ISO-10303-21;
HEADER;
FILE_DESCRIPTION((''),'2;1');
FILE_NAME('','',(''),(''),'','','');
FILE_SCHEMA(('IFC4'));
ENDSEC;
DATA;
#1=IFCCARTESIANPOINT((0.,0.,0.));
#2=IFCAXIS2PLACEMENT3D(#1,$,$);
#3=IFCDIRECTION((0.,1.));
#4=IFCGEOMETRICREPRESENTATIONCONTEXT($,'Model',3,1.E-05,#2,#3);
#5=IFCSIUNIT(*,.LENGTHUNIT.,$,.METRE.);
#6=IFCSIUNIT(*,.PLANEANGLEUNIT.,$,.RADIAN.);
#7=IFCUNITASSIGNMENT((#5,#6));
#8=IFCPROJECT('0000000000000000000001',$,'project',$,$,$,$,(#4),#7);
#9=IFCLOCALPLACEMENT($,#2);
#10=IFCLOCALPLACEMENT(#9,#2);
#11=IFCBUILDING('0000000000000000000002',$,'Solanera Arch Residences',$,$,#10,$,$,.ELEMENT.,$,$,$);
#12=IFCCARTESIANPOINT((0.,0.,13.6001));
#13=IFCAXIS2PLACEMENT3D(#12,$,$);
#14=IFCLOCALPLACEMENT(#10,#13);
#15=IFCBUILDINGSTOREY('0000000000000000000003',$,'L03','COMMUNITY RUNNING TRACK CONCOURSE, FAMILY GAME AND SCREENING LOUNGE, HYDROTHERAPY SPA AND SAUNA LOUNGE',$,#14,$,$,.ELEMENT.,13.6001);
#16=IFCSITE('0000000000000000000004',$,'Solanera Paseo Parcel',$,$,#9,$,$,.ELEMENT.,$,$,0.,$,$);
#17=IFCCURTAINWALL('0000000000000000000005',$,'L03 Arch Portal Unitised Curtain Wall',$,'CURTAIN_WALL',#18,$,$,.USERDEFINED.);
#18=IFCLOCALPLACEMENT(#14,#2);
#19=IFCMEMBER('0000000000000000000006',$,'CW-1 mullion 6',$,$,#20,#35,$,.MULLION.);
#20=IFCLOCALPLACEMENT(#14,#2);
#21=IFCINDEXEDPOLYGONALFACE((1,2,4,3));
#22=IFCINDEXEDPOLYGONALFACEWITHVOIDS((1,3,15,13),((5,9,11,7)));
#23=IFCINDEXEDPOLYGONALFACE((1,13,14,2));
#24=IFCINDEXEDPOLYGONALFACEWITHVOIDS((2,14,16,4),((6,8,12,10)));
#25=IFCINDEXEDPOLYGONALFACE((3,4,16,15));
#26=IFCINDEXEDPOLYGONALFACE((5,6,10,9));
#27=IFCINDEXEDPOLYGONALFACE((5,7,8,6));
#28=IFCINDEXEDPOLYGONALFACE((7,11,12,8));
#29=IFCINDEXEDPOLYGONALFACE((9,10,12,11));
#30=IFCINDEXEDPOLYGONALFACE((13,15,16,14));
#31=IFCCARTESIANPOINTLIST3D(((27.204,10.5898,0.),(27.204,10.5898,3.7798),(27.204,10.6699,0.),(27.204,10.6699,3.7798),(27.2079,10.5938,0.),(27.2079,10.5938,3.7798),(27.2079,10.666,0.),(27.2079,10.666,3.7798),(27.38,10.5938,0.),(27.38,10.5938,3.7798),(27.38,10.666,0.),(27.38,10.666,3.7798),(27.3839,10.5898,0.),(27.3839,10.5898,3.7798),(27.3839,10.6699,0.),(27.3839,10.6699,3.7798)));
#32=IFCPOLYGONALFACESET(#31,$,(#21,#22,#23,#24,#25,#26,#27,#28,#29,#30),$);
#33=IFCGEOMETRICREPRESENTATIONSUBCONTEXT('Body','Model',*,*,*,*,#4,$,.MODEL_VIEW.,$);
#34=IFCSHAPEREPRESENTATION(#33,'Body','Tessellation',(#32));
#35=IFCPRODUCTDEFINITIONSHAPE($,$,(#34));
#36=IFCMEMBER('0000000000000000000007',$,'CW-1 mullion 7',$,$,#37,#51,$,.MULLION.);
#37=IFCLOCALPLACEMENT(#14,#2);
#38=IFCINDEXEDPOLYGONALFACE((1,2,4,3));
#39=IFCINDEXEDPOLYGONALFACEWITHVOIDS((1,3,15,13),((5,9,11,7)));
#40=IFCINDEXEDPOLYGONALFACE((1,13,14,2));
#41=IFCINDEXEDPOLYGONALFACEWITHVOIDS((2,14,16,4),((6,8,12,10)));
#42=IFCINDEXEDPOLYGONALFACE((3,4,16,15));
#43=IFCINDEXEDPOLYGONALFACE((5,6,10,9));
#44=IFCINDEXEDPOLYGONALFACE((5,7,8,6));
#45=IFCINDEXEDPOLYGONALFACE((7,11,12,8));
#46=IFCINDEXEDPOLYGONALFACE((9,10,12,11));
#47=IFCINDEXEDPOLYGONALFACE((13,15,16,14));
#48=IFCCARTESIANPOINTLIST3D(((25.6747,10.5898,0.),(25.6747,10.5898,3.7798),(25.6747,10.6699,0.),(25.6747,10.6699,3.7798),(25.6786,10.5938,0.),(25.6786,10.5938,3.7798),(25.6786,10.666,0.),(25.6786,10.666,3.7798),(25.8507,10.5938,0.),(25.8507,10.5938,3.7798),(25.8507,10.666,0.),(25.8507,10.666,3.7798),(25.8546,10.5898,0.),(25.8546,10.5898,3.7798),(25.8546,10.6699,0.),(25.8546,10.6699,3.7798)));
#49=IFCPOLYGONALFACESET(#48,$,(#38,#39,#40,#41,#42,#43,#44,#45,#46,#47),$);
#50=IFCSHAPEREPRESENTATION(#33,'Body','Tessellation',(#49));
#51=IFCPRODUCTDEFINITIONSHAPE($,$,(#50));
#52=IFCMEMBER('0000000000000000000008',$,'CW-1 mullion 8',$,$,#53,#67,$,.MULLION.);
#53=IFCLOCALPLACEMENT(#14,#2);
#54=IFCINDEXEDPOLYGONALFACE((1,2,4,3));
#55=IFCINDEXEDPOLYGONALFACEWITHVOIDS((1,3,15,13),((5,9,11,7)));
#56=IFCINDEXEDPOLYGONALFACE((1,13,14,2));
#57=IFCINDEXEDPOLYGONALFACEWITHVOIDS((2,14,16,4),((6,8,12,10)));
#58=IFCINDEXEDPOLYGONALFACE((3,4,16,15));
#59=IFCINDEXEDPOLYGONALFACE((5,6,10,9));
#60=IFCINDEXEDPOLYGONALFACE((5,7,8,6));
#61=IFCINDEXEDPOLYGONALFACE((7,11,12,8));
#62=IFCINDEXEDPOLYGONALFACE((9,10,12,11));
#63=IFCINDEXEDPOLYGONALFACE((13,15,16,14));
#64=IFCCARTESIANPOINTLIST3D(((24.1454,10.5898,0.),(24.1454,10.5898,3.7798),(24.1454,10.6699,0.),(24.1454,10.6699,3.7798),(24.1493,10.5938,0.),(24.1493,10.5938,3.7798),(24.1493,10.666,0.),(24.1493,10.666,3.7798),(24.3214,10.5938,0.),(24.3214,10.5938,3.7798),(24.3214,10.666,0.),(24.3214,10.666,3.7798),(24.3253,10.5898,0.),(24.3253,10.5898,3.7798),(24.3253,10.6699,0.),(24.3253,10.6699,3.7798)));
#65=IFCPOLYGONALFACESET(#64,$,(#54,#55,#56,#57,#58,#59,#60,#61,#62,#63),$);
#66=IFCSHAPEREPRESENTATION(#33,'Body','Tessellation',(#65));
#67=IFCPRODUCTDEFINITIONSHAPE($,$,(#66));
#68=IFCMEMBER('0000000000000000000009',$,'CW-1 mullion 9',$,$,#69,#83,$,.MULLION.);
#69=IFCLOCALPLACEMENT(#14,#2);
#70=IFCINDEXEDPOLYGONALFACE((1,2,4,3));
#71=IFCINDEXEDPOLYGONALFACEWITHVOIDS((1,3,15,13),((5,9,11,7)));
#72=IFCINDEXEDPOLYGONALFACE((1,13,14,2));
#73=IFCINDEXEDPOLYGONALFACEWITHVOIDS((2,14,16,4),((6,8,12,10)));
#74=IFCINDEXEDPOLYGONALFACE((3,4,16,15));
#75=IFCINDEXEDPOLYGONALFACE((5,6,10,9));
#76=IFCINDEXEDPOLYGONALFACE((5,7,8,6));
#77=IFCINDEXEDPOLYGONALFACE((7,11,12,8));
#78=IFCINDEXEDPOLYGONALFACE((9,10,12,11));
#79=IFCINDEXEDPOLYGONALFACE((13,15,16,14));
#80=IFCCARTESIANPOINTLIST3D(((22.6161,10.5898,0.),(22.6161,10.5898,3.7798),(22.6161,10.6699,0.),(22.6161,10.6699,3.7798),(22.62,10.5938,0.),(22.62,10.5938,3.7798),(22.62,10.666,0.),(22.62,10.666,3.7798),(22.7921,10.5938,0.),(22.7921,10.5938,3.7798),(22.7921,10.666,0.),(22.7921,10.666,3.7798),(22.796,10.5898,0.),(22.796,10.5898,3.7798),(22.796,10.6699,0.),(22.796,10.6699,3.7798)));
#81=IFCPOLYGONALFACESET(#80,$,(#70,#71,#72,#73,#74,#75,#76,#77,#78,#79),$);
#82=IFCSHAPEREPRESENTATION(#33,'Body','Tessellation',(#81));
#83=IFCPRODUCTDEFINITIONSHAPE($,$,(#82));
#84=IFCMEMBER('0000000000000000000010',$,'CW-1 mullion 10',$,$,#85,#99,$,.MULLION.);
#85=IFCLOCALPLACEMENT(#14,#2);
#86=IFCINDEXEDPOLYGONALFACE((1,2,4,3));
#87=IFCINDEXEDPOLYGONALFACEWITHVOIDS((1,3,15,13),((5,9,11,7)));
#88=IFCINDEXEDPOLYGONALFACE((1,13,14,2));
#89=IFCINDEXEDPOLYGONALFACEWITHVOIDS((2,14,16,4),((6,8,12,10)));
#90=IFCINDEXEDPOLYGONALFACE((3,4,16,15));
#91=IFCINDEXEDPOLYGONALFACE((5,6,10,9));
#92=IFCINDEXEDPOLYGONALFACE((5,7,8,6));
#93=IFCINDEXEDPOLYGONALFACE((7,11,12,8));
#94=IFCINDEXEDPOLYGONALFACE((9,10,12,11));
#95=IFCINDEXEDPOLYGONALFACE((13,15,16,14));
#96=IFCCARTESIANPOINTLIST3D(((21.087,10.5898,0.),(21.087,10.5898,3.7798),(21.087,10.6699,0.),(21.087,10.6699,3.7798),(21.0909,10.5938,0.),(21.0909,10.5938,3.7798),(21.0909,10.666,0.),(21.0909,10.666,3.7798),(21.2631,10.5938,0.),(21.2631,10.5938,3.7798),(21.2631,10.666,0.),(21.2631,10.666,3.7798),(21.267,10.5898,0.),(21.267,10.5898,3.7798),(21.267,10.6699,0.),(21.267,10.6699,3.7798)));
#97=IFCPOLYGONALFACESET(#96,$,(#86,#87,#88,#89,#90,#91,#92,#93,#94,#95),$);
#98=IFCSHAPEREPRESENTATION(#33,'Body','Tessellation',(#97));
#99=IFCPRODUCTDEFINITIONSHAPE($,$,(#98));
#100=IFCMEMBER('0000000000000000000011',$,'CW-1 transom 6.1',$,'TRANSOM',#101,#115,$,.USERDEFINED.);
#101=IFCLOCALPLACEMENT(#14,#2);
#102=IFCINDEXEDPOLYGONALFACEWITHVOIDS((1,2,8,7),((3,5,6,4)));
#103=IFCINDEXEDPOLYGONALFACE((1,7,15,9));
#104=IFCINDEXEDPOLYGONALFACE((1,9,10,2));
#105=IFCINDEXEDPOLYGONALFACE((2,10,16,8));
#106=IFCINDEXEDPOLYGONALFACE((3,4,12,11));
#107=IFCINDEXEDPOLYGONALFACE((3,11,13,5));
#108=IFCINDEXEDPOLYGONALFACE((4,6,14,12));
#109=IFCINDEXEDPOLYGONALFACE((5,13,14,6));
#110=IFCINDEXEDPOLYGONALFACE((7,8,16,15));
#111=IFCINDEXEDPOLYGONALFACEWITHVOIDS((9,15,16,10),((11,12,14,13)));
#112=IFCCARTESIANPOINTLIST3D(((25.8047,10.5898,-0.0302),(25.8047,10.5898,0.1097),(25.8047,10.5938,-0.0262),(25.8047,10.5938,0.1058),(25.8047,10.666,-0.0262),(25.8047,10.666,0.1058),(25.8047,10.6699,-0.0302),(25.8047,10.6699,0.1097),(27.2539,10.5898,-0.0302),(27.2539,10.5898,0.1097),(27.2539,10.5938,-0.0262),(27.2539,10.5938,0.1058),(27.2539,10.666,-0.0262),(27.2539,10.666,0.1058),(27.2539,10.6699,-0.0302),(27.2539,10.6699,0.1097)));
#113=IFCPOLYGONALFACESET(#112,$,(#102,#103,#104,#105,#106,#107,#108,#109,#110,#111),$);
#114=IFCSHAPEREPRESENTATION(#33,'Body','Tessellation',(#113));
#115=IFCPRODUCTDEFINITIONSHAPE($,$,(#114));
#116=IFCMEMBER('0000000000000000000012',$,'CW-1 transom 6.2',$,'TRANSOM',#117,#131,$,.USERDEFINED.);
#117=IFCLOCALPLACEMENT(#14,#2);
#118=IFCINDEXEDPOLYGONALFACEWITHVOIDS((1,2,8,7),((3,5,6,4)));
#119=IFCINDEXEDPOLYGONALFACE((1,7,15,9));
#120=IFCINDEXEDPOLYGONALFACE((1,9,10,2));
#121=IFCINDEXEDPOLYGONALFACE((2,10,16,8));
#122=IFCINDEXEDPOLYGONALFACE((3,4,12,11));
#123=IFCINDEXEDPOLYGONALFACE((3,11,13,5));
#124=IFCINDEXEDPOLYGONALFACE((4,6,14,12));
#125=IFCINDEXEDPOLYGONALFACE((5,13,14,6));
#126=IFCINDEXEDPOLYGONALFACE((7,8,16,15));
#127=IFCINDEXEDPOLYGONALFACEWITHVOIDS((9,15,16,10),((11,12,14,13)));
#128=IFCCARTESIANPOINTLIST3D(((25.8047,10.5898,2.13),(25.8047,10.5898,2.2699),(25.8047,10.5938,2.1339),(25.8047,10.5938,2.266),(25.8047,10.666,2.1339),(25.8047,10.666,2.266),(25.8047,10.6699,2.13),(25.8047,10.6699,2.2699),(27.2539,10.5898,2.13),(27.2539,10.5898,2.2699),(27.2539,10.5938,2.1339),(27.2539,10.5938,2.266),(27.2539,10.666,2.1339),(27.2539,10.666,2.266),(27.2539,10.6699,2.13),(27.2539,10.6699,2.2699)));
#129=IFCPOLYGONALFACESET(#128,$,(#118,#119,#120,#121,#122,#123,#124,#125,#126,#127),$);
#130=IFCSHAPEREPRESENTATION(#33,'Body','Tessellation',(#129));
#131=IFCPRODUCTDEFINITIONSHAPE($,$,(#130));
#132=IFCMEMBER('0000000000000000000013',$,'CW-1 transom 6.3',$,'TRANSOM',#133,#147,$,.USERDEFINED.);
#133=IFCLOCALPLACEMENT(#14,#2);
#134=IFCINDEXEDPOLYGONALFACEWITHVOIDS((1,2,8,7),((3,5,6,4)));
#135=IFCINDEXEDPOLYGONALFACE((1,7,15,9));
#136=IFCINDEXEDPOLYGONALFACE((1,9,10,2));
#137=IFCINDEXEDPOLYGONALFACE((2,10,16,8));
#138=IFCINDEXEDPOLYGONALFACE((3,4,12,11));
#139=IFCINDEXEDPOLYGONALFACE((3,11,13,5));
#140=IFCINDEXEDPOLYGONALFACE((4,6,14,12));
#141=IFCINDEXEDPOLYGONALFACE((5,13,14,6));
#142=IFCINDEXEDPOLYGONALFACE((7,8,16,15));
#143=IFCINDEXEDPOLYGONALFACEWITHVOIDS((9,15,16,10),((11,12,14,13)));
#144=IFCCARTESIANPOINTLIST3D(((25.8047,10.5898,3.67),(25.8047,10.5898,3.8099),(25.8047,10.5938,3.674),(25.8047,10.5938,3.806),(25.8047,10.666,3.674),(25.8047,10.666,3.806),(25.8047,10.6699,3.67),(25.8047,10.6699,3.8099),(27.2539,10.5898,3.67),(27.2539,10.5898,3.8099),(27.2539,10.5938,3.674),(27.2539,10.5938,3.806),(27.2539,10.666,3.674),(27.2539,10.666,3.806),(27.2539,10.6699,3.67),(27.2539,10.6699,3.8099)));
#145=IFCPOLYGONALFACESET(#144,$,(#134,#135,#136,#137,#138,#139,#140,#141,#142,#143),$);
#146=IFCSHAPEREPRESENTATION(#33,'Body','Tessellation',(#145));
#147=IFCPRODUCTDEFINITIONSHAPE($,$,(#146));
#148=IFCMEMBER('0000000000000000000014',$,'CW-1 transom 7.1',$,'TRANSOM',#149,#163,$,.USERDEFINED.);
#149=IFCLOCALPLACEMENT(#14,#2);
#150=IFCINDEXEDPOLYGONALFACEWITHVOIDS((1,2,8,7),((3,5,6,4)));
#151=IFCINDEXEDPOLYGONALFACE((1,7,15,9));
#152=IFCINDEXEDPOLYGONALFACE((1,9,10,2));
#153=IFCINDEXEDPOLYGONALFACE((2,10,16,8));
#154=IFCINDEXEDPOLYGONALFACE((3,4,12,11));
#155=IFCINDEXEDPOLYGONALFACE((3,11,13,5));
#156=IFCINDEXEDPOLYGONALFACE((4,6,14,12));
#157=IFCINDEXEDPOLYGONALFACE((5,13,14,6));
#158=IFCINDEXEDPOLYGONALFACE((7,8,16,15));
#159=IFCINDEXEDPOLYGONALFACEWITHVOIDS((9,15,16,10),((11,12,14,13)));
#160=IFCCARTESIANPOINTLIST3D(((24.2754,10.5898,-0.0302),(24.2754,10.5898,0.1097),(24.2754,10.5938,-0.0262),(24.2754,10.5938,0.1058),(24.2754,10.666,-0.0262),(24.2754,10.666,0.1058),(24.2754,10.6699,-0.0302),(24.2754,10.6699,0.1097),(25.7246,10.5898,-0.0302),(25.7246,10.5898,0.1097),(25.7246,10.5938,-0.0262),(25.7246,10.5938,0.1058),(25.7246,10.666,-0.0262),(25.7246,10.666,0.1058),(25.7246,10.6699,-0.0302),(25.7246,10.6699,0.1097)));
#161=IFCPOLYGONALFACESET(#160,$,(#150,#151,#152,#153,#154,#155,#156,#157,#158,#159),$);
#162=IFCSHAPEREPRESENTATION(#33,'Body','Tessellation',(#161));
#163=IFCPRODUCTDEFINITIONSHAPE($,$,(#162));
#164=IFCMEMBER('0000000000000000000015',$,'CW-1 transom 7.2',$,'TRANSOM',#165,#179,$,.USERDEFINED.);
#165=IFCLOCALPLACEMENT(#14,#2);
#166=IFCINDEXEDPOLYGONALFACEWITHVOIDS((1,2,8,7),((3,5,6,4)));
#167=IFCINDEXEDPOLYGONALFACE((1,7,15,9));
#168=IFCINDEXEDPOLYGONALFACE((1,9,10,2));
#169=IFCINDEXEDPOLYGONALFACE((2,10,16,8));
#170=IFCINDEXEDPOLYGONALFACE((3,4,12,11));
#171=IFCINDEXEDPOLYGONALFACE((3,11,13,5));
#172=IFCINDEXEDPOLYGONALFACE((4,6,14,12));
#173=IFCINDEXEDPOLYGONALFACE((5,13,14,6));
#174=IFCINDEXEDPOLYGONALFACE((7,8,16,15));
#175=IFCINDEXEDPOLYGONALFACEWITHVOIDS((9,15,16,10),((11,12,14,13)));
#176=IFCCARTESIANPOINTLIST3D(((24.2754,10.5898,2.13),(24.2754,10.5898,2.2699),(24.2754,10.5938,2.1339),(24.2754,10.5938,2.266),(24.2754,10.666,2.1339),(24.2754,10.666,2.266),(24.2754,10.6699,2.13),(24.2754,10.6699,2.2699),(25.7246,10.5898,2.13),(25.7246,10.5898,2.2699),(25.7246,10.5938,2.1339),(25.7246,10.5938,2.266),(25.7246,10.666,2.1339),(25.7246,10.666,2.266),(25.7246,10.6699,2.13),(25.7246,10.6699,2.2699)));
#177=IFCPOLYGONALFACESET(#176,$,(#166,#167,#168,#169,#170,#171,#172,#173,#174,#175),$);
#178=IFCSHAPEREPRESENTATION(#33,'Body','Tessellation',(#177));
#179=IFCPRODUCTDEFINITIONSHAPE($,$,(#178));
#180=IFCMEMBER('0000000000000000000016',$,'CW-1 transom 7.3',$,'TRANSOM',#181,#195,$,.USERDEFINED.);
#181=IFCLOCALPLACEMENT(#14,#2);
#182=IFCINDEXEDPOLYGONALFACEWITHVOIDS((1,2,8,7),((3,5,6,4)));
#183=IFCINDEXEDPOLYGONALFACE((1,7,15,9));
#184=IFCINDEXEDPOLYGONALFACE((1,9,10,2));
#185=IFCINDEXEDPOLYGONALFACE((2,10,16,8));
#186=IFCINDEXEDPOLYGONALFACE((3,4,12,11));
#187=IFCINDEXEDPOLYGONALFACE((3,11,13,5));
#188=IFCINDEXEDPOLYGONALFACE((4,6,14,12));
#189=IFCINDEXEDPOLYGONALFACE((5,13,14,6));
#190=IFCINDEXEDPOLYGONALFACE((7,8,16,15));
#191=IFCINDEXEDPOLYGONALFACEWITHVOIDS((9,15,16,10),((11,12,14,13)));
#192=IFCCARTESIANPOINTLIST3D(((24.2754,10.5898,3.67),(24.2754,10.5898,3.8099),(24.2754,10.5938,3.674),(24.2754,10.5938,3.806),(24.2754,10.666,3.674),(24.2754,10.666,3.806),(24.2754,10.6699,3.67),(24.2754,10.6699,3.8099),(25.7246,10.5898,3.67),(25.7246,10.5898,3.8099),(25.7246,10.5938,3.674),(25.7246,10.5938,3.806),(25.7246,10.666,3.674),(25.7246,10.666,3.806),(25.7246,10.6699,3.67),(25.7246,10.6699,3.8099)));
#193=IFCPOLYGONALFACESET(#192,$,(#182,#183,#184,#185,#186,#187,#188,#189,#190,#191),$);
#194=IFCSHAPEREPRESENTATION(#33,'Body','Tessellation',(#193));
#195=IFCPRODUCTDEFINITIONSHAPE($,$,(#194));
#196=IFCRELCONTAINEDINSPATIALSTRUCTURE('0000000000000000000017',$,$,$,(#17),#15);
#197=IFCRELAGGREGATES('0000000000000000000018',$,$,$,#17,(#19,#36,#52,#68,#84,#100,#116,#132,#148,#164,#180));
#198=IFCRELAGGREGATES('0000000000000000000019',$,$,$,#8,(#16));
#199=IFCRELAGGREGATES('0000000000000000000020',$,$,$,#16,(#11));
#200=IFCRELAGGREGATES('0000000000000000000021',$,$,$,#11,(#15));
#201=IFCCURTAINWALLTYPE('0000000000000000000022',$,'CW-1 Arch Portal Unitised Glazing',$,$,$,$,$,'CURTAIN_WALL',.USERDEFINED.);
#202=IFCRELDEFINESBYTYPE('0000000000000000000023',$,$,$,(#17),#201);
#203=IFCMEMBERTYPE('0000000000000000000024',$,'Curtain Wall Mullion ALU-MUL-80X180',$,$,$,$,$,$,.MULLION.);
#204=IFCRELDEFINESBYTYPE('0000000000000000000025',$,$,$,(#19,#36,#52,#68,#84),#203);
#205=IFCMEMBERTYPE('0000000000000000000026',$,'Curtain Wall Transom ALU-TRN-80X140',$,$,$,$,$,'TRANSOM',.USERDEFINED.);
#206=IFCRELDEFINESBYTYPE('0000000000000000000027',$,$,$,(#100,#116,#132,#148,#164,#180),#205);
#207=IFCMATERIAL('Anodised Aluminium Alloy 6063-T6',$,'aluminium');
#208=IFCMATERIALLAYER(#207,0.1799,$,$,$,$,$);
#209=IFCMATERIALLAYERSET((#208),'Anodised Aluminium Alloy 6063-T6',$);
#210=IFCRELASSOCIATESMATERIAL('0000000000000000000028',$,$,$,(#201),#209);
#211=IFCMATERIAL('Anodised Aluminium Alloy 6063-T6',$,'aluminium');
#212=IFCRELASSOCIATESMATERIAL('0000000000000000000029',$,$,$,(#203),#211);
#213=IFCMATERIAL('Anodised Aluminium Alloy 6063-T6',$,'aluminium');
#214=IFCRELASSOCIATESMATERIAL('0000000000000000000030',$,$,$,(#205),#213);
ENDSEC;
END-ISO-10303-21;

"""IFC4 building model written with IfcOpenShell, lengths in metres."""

from ifc_helpers import new_model, si_unit, direction, frame, origin, origin_2d, place, context, subcontext, project, spatial, hollow_rectangle, extrude, material, layer, layer_set, material_profile, profile_set, type_object, element, aggregate, save


model = new_model("IFC4")

# Units and contexts
model_context = context("Model", 3, precision=1e-05, world=origin(), true_north=direction((0.0, 1.0)))
body_context = subcontext(model_context, "Body", "Model", "MODEL_VIEW")
ifc_project = project(units=[si_unit("LENGTHUNIT", "METRE"), si_unit("PLANEANGLEUNIT", "RADIAN")], contexts=[model_context])

# Site, building, storey
site_placement = place(None, origin())
site = spatial("IfcSite", under=ifc_project, at=site_placement, Name="Solanera Paseo Parcel", CompositionType="ELEMENT", RefElevation=0.0)
building_placement = place(site_placement, origin())
building = spatial("IfcBuilding", under=site, at=building_placement, Name="Solanera Arch Residences", CompositionType="ELEMENT")
storey_placement = place(building_placement, frame((0.0, 0.0, 13.6001)))
storey = spatial("IfcBuildingStorey", under=building, at=storey_placement, Name="L03", Description="COMMUNITY RUNNING TRACK CONCOURSE, FAMILY GAME AND SCREENING LOUNGE, HYDROTHERAPY SPA AND SAUNA LOUNGE", CompositionType="ELEMENT", Elevation=13.6001)

# Curtain wall, members
ifc_material_1 = material(Name="Anodised Aluminium Alloy 6063-T6", Category="aluminium")
ifc_layer_1 = layer(ifc_material_1, 0.1799)
ifc_layer_set_1 = layer_set([ifc_layer_1], Name="Anodised Aluminium Alloy 6063-T6")
curtain_wall_type = type_object("IfcCurtainWallType", Name="CW-1 Arch Portal Unitised Glazing", ElementType="CURTAIN_WALL", PredefinedType="USERDEFINED", material=ifc_layer_set_1)
curtain_wall_placement = place(storey_placement, origin())
curtain_wall = element("IfcCurtainWall", 1, at=curtain_wall_placement, inside=storey, type_object=curtain_wall_type, Name="L03 Arch Portal Unitised Curtain Wall", ObjectType="CURTAIN_WALL", PredefinedType="USERDEFINED")
ifc_material_2 = material(Name="Anodised Aluminium Alloy 6063-T6", Category="aluminium")
ifc_material_profile_1 = material_profile(ifc_material_2, hollow_rectangle(XDim=0.0801, YDim=0.1799, WallThickness=0.0039, at=origin_2d()))
ifc_profile_set_1 = profile_set([ifc_material_profile_1], Name="Anodised Aluminium Alloy 6063-T6")
member_type_1 = type_object("IfcMemberType", Name="Curtain Wall Mullion ALU-MUL-80X180", PredefinedType="MULLION", material=ifc_profile_set_1)
member_1_placement = place(storey_placement, frame((27.2939, 10.6299, 0.0), z_axis=(0.0, 0.0, 1.0), x_axis=(0.0, -1.0, 0.0)))
member_1 = element("IfcMember", 2, at=member_1_placement, type_object=member_type_1, Name="CW-1 mullion 6", PredefinedType="MULLION", context=body_context, shape_type="SweptSolid", body=[
    extrude(hollow_rectangle(XDim=0.0801, YDim=0.1799, WallThickness=0.0039, at=origin_2d()), origin(), (0.0, 0.0, 1.0), 3.7798),
])
member_2_placement = place(storey_placement, frame((25.7646, 10.6299, 0.0), z_axis=(0.0, 0.0, 1.0), x_axis=(0.0, -1.0, 0.0)))
member_2 = element("IfcMember", 3, at=member_2_placement, type_object=member_type_1, Name="CW-1 mullion 7", PredefinedType="MULLION", context=body_context, shape_type="SweptSolid", body=[
    extrude(hollow_rectangle(XDim=0.0801, YDim=0.1799, WallThickness=0.0039, at=origin_2d()), origin(), (0.0, 0.0, 1.0), 3.7798),
])
member_3_placement = place(storey_placement, frame((24.2354, 10.6299, 0.0), z_axis=(0.0, 0.0, 1.0), x_axis=(0.0, -1.0, 0.0)))
member_3 = element("IfcMember", 4, at=member_3_placement, type_object=member_type_1, Name="CW-1 mullion 8", PredefinedType="MULLION", context=body_context, shape_type="SweptSolid", body=[
    extrude(hollow_rectangle(XDim=0.0801, YDim=0.1799, WallThickness=0.0039, at=origin_2d()), origin(), (0.0, 0.0, 1.0), 3.7798),
])
member_4_placement = place(storey_placement, frame((22.7061, 10.6299, 0.0), z_axis=(0.0, 0.0, 1.0), x_axis=(0.0, -1.0, 0.0)))
member_4 = element("IfcMember", 5, at=member_4_placement, type_object=member_type_1, Name="CW-1 mullion 9", PredefinedType="MULLION", context=body_context, shape_type="SweptSolid", body=[
    extrude(hollow_rectangle(XDim=0.0801, YDim=0.1799, WallThickness=0.0039, at=origin_2d()), origin(), (0.0, 0.0, 1.0), 3.7798),
])
member_5_placement = place(storey_placement, frame((21.177, 10.6299, 0.0), z_axis=(0.0, 0.0, 1.0), x_axis=(0.0, -1.0, 0.0)))
member_5 = element("IfcMember", 6, at=member_5_placement, type_object=member_type_1, Name="CW-1 mullion 10", PredefinedType="MULLION", context=body_context, shape_type="SweptSolid", body=[
    extrude(hollow_rectangle(XDim=0.0801, YDim=0.1799, WallThickness=0.0039, at=origin_2d()), origin(), (0.0, 0.0, 1.0), 3.7798),
])
ifc_material_3 = material(Name="Anodised Aluminium Alloy 6063-T6", Category="aluminium")
ifc_material_profile_2 = material_profile(ifc_material_3, hollow_rectangle(XDim=0.0801, YDim=0.1399, WallThickness=0.0039, at=origin_2d()))
ifc_profile_set_2 = profile_set([ifc_material_profile_2], Name="Anodised Aluminium Alloy 6063-T6")
member_type_2 = type_object("IfcMemberType", Name="Curtain Wall Transom ALU-TRN-80X140", ElementType="TRANSOM", PredefinedType="USERDEFINED", material=ifc_profile_set_2)
member_6_placement = place(storey_placement, frame((27.2539, 10.6299, 0.0398), z_axis=(-1.0, 0.0, 0.0), x_axis=(0.0, -1.0, 0.0)))
member_6 = element("IfcMember", 7, at=member_6_placement, type_object=member_type_2, Name="CW-1 transom 6.1", ObjectType="TRANSOM", PredefinedType="USERDEFINED", context=body_context, shape_type="SweptSolid", body=[
    extrude(hollow_rectangle(XDim=0.0801, YDim=0.1399, WallThickness=0.0039, at=origin_2d()), origin(), (0.0, 0.0, 1.0), 1.4492),
])
member_7_placement = place(storey_placement, frame((27.2539, 10.6299, 2.2), z_axis=(-1.0, 0.0, 0.0), x_axis=(0.0, -1.0, 0.0)))
member_7 = element("IfcMember", 8, at=member_7_placement, type_object=member_type_2, Name="CW-1 transom 6.2", ObjectType="TRANSOM", PredefinedType="USERDEFINED", context=body_context, shape_type="SweptSolid", body=[
    extrude(hollow_rectangle(XDim=0.0801, YDim=0.1399, WallThickness=0.0039, at=origin_2d()), origin(), (0.0, 0.0, 1.0), 1.4492),
])
member_8_placement = place(storey_placement, frame((27.2539, 10.6299, 3.74), z_axis=(-1.0, 0.0, 0.0), x_axis=(0.0, -1.0, 0.0)))
member_8 = element("IfcMember", 9, at=member_8_placement, type_object=member_type_2, Name="CW-1 transom 6.3", ObjectType="TRANSOM", PredefinedType="USERDEFINED", context=body_context, shape_type="SweptSolid", body=[
    extrude(hollow_rectangle(XDim=0.0801, YDim=0.1399, WallThickness=0.0039, at=origin_2d()), origin(), (0.0, 0.0, 1.0), 1.4492),
])
member_9_placement = place(storey_placement, frame((25.7246, 10.6299, 0.0398), z_axis=(-1.0, 0.0, 0.0), x_axis=(0.0, -1.0, 0.0)))
member_9 = element("IfcMember", 10, at=member_9_placement, type_object=member_type_2, Name="CW-1 transom 7.1", ObjectType="TRANSOM", PredefinedType="USERDEFINED", context=body_context, shape_type="SweptSolid", body=[
    extrude(hollow_rectangle(XDim=0.0801, YDim=0.1399, WallThickness=0.0039, at=origin_2d()), origin(), (0.0, 0.0, 1.0), 1.4492),
])
member_10_placement = place(storey_placement, frame((25.7246, 10.6299, 2.2), z_axis=(-1.0, 0.0, 0.0), x_axis=(0.0, -1.0, 0.0)))
member_10 = element("IfcMember", 11, at=member_10_placement, type_object=member_type_2, Name="CW-1 transom 7.2", ObjectType="TRANSOM", PredefinedType="USERDEFINED", context=body_context, shape_type="SweptSolid", body=[
    extrude(hollow_rectangle(XDim=0.0801, YDim=0.1399, WallThickness=0.0039, at=origin_2d()), origin(), (0.0, 0.0, 1.0), 1.4492),
])
member_11_placement = place(storey_placement, frame((25.7246, 10.6299, 3.74), z_axis=(-1.0, 0.0, 0.0), x_axis=(0.0, -1.0, 0.0)))
member_11 = element("IfcMember", 12, at=member_11_placement, type_object=member_type_2, Name="CW-1 transom 7.3", ObjectType="TRANSOM", PredefinedType="USERDEFINED", context=body_context, shape_type="SweptSolid", body=[
    extrude(hollow_rectangle(XDim=0.0801, YDim=0.1399, WallThickness=0.0039, at=origin_2d()), origin(), (0.0, 0.0, 1.0), 1.4492),
])

aggregate(curtain_wall, [member_1, member_2, member_3, member_4, member_5, member_6, member_7, member_8, member_9, member_10, member_11])

save(model, "model.ifc")
